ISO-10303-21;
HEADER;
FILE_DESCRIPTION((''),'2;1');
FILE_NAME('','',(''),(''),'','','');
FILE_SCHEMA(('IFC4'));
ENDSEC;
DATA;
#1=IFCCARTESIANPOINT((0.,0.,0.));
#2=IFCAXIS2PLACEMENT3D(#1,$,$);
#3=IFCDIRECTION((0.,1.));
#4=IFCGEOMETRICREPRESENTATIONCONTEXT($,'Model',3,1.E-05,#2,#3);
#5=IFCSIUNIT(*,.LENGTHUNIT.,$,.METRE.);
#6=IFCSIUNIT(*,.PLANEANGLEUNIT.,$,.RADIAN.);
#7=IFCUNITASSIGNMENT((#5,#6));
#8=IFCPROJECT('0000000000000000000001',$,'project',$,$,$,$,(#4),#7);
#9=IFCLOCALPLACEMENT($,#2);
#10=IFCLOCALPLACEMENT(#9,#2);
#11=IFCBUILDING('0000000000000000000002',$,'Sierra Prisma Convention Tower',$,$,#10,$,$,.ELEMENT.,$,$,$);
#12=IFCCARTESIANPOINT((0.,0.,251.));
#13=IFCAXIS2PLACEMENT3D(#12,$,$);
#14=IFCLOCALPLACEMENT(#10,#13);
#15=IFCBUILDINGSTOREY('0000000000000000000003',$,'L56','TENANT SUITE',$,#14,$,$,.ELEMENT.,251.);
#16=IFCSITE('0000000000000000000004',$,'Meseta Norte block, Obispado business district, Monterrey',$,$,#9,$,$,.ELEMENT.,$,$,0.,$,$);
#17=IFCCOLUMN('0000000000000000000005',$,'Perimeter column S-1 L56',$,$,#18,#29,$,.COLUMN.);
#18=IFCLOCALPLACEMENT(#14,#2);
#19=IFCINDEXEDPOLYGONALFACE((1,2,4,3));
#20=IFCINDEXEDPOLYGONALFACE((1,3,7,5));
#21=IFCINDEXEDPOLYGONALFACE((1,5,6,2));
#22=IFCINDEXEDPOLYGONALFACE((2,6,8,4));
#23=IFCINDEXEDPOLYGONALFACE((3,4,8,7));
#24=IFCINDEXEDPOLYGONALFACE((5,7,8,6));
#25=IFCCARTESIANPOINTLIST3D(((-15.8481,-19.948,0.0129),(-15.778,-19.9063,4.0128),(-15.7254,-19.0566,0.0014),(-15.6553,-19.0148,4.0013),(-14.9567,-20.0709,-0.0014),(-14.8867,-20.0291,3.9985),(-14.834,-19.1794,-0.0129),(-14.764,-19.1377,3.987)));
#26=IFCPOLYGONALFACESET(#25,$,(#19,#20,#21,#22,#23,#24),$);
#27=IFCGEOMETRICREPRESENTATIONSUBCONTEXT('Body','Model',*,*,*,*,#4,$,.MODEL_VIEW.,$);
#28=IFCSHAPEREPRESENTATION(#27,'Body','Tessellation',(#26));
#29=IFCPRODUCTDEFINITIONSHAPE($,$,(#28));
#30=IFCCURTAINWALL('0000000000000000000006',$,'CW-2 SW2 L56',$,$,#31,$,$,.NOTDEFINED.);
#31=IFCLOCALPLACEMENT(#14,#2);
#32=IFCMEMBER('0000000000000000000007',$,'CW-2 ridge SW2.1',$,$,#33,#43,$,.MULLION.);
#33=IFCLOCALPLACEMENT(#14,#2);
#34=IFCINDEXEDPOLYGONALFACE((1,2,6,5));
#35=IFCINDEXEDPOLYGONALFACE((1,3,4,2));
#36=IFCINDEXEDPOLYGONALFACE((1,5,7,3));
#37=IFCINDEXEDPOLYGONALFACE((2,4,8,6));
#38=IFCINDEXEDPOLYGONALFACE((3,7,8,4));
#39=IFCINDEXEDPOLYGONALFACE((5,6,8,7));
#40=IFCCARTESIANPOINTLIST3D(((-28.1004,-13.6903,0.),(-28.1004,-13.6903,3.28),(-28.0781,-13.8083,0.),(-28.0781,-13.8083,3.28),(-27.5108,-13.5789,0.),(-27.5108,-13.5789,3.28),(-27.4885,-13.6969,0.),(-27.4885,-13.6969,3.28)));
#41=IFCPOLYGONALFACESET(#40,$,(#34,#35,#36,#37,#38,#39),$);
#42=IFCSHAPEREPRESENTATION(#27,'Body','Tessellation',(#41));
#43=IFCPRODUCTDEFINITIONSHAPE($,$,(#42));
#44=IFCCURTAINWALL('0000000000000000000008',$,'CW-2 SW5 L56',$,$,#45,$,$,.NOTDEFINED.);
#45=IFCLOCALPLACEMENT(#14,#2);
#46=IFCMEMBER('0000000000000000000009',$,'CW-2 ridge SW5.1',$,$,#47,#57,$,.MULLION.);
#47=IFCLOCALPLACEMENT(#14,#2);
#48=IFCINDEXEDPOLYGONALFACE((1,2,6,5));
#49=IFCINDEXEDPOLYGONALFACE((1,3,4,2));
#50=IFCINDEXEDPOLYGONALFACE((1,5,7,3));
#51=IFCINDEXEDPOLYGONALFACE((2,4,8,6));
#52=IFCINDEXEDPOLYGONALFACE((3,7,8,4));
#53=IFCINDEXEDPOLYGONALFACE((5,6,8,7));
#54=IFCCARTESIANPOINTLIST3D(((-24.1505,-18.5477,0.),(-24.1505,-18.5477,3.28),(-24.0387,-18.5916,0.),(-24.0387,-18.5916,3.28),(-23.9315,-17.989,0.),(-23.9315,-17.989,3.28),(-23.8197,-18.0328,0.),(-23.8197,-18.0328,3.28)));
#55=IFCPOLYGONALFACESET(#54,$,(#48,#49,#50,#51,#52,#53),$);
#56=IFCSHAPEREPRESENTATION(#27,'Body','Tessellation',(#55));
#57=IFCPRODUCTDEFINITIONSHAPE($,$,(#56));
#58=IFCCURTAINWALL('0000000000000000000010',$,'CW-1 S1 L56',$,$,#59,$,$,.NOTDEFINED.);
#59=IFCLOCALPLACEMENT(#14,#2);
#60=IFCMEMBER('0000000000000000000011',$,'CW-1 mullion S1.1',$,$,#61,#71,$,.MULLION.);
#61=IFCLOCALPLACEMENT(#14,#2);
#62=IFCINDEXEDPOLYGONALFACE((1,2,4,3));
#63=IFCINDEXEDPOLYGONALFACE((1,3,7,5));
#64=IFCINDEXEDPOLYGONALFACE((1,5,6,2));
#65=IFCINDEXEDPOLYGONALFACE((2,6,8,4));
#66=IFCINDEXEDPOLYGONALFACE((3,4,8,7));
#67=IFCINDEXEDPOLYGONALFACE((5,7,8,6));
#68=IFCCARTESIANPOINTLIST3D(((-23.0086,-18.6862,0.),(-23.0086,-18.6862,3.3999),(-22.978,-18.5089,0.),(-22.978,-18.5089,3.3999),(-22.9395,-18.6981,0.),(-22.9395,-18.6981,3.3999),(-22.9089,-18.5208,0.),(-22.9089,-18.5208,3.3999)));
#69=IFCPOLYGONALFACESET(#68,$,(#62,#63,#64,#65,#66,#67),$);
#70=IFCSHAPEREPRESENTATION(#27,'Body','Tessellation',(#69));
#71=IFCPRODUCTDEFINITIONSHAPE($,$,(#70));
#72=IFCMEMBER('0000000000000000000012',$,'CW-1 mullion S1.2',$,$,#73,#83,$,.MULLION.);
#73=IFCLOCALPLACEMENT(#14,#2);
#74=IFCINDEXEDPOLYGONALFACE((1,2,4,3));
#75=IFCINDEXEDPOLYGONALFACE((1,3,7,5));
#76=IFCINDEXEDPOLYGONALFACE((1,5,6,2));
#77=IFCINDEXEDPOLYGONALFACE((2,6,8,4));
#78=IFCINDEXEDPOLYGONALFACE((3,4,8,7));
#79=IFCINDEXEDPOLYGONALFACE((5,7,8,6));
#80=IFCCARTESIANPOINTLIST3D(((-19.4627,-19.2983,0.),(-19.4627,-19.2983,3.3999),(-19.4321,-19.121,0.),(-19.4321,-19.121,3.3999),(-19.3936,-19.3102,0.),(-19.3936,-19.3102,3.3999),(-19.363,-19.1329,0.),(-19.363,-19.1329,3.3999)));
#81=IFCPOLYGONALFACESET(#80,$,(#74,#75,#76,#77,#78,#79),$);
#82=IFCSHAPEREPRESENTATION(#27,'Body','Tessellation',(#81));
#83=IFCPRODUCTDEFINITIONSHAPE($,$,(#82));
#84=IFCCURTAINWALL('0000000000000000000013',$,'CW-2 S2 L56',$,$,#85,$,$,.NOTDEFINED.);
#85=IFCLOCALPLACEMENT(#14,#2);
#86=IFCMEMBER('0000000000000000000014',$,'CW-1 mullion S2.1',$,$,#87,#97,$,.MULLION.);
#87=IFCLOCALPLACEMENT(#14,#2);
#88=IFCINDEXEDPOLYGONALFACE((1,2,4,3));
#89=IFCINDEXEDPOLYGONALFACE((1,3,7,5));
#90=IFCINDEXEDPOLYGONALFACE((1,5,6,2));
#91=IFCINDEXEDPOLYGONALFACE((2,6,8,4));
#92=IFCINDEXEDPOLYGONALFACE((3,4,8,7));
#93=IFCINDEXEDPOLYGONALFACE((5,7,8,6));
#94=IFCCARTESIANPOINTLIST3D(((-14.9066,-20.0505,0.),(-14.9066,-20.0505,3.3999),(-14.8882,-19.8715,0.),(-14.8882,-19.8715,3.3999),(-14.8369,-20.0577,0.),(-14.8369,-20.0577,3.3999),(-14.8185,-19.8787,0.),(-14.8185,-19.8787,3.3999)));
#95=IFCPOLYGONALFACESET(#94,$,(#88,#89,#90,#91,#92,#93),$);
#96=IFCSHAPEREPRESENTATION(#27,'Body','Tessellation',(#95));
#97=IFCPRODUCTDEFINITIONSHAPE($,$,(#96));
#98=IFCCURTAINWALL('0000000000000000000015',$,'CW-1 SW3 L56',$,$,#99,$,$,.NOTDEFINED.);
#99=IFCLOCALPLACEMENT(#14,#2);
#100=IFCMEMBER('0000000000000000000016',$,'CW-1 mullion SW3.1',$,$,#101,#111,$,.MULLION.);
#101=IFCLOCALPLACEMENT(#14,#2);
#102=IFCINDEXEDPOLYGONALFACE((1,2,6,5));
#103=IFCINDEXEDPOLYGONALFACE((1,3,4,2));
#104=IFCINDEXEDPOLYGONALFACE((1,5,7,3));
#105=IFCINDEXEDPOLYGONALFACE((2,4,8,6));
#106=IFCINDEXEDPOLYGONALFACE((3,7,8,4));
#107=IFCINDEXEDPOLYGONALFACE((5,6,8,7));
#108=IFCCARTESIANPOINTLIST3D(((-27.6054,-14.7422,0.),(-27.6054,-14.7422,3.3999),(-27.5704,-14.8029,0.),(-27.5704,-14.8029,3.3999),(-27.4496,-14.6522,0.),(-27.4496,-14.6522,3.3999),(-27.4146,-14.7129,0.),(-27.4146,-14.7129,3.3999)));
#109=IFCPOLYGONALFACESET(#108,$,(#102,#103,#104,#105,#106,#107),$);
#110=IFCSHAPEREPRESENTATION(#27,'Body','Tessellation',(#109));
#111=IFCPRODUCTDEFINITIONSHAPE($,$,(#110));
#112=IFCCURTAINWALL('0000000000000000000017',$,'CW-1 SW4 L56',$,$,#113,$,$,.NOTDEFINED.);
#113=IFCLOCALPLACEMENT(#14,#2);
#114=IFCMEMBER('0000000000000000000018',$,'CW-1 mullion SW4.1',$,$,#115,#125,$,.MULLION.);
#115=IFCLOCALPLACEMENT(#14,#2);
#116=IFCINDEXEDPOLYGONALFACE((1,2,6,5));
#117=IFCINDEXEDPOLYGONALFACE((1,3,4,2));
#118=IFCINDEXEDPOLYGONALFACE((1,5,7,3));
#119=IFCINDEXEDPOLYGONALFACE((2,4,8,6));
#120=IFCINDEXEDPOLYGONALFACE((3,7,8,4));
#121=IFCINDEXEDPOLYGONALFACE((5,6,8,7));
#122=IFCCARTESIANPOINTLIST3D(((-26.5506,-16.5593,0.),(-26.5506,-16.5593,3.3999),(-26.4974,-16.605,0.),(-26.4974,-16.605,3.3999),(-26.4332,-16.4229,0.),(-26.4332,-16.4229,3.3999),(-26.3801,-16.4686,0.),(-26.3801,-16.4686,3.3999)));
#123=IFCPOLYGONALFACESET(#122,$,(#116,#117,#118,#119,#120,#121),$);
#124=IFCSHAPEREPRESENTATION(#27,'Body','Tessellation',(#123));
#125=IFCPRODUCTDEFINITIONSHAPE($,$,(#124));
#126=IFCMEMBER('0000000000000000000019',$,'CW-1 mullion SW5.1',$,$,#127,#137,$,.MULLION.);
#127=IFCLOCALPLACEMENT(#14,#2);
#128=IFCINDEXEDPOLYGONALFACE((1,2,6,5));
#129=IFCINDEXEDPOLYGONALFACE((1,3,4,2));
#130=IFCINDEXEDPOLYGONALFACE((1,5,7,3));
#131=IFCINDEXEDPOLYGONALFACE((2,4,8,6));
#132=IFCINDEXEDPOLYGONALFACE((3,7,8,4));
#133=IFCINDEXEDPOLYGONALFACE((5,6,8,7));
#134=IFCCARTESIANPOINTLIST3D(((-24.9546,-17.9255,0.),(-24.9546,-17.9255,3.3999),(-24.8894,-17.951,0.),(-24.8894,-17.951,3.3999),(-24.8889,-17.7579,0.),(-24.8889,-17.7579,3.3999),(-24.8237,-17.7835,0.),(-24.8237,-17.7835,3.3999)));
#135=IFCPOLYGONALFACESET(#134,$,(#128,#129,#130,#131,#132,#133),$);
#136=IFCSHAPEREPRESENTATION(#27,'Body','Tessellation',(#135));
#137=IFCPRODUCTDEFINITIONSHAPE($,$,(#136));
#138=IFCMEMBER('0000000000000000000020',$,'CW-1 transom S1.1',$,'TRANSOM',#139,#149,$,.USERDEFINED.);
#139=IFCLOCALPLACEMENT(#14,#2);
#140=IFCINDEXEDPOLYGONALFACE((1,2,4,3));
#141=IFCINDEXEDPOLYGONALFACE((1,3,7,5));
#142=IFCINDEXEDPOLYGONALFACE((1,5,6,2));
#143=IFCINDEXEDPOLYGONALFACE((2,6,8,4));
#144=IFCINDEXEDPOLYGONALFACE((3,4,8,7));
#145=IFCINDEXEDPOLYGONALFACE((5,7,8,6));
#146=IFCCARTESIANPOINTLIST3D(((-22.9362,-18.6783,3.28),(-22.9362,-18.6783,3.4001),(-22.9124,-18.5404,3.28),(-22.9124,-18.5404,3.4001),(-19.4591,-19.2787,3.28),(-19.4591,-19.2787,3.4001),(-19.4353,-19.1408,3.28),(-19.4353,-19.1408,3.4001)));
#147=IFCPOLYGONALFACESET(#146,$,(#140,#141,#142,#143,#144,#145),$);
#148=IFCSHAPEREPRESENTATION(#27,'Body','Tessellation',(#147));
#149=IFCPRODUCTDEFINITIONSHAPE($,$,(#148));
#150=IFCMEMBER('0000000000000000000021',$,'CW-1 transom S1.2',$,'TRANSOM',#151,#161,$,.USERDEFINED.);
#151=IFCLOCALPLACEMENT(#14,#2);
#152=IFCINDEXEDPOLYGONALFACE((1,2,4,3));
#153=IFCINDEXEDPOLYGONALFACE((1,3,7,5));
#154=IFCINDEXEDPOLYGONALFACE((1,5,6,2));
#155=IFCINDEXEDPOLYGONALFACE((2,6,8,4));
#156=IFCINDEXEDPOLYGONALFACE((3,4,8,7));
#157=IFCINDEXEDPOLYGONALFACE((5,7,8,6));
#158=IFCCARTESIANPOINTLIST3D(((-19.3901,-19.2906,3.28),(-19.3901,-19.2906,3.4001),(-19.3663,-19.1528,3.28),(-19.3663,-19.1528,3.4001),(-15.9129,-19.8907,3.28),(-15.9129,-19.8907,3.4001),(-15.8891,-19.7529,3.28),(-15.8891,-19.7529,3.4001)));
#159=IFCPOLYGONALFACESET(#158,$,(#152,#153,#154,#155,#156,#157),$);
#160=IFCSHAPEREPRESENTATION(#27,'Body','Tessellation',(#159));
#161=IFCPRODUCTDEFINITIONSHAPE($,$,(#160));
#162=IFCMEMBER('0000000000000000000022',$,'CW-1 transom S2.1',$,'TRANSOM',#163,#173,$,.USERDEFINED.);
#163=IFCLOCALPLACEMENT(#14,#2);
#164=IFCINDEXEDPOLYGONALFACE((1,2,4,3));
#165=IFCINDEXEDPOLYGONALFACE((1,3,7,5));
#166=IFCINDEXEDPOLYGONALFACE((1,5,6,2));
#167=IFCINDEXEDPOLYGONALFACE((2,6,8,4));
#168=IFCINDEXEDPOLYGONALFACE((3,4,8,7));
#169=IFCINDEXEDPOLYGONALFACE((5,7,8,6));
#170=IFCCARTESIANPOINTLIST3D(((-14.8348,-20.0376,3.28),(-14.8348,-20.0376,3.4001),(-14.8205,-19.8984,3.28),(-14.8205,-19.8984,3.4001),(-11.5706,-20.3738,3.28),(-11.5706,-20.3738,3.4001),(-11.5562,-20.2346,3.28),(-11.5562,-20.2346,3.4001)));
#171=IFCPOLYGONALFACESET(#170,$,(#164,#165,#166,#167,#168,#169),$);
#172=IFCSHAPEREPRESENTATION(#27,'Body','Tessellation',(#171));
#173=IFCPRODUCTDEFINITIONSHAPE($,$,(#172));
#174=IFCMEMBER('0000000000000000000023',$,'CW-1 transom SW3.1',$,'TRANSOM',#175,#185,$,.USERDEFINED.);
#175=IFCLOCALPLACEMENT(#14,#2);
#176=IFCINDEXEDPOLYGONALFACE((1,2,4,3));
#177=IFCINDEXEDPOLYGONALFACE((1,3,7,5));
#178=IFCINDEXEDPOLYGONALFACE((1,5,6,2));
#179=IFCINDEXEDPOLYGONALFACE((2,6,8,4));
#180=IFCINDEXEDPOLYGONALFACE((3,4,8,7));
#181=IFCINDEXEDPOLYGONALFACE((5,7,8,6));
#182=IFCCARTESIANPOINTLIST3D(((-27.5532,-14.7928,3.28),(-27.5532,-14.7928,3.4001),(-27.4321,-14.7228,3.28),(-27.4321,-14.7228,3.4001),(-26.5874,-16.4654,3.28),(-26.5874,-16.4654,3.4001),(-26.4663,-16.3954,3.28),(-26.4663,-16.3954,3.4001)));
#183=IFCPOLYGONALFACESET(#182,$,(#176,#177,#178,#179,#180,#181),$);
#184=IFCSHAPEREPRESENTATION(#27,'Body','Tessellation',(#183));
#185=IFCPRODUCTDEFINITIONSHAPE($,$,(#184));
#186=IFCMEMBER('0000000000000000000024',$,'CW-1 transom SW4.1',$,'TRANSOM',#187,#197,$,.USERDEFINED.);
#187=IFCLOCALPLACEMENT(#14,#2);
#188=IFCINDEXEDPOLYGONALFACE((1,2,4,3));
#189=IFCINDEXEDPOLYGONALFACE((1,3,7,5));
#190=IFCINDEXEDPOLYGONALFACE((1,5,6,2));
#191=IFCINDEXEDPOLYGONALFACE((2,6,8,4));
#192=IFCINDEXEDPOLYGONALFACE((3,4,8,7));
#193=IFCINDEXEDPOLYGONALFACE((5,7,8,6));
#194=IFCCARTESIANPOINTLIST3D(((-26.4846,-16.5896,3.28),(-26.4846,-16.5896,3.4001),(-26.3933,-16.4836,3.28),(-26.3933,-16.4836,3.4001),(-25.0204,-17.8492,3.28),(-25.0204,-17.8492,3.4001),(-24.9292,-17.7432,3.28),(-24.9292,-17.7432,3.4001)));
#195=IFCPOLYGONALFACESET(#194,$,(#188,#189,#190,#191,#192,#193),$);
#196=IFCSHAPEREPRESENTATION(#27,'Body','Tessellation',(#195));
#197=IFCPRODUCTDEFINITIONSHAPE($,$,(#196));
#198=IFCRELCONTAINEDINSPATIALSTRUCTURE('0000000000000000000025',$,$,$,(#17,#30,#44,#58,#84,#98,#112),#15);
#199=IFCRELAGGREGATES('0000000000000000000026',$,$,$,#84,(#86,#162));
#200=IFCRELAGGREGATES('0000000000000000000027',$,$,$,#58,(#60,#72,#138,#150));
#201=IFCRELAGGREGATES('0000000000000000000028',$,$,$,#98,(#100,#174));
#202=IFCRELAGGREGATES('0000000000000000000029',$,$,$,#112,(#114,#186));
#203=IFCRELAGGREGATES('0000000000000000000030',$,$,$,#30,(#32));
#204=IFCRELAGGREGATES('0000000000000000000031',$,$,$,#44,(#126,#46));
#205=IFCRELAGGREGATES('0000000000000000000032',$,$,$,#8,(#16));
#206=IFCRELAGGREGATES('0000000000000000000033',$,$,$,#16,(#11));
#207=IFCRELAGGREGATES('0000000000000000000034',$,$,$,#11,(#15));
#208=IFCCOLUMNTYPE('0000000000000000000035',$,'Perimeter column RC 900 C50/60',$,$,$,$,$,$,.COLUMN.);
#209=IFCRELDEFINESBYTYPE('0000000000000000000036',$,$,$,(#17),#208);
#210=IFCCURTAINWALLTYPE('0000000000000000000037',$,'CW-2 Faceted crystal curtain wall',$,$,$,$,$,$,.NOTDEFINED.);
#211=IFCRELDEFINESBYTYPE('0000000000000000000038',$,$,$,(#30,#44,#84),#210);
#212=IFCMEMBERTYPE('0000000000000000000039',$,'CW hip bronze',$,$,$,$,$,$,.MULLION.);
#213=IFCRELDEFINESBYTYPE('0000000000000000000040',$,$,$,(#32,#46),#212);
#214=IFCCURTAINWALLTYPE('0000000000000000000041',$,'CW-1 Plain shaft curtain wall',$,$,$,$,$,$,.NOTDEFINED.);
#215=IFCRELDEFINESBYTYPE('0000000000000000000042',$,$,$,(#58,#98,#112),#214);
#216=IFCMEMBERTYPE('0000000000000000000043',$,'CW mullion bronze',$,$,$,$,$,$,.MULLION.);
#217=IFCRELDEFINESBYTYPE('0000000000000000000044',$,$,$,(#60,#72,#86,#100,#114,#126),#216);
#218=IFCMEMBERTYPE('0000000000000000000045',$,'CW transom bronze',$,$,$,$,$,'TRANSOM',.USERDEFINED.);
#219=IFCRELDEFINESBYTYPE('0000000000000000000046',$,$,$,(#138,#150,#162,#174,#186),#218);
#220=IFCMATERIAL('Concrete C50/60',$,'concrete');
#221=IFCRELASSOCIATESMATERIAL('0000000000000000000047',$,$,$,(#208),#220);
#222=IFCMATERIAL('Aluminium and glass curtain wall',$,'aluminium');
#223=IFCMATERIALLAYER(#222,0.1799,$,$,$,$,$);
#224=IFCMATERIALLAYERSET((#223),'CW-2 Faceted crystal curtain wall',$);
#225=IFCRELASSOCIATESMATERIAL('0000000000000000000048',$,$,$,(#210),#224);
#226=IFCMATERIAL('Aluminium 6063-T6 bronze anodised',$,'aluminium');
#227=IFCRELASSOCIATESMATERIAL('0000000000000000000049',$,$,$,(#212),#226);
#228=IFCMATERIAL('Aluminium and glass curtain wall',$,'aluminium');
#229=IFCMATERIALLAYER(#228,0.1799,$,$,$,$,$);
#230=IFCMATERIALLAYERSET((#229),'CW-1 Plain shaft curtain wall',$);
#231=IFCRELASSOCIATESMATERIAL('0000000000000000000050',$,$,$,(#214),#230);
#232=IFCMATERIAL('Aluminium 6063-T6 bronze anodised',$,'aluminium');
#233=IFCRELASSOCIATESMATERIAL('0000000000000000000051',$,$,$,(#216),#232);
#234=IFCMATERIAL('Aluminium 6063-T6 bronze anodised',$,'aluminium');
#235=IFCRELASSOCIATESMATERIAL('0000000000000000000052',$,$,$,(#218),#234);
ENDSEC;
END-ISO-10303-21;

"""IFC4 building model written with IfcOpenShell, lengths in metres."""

from ifc_helpers import new_model, si_unit, direction, frame, origin, origin_2d, place, context, subcontext, project, spatial, rectangle, extrude, material, layer, layer_set, material_profile, profile_set, type_object, element, aggregate, save


model = new_model("IFC4")

# Units and contexts
model_context = context("Model", 3, precision=1e-05, world=origin(), true_north=direction((0.0, 1.0)))
body_context = subcontext(model_context, "Body", "Model", "MODEL_VIEW")
ifc_project = project(units=[si_unit("LENGTHUNIT", "METRE"), si_unit("PLANEANGLEUNIT", "RADIAN")], contexts=[model_context])

# Site, building, storey
site_placement = place(None, origin())
site = spatial("IfcSite", under=ifc_project, at=site_placement, Name="Meseta Norte block, Obispado business district, Monterrey", CompositionType="ELEMENT", RefElevation=0.0)
building_placement = place(site_placement, origin())
building = spatial("IfcBuilding", under=site, at=building_placement, Name="Sierra Prisma Convention Tower", CompositionType="ELEMENT")
storey_placement = place(building_placement, frame((0.0, 0.0, 251.0)))
storey = spatial("IfcBuildingStorey", under=building, at=storey_placement, Name="L56", Description="TENANT SUITE", CompositionType="ELEMENT", Elevation=251.0)

# Column
ifc_material_1 = material(Name="Concrete C50/60", Category="concrete")
ifc_material_profile_1 = material_profile(ifc_material_1, rectangle(XDim=0.8999, YDim=0.8999, at=origin_2d()), Name="Perimeter column RC 900 C50/60")
ifc_profile_set_1 = profile_set([ifc_material_profile_1], Name="Concrete C50/60")
column_type = type_object("IfcColumnType", Name="Perimeter column RC 900 C50/60", PredefinedType="COLUMN", material=ifc_profile_set_1)
column_placement = place(storey_placement, frame((-15.3411, -19.5637, 0.0), z_axis=(0.017513, 0.010435, 0.999792), x_axis=(-0.990511, 0.13651, 0.015926)))
element("IfcColumn", 1, at=column_placement, inside=storey, type_object=column_type, Name="Perimeter column S-1 L56", PredefinedType="COLUMN", context=body_context, shape_type="SweptSolid", body=[
    extrude(rectangle(XDim=0.8999, YDim=0.8999, at=origin_2d()), origin(), (0.0, 0.0, 1.0), 4.0007),
])

# Curtain walls, members
ifc_material_2 = material(Name="Aluminium and glass curtain wall", Category="aluminium")
ifc_layer_1 = layer(ifc_material_2, 0.1799)
ifc_layer_set_1 = layer_set([ifc_layer_1], Name="CW-2 Faceted crystal curtain wall")
curtain_wall_type_1 = type_object("IfcCurtainWallType", Name="CW-2 Faceted crystal curtain wall", PredefinedType="NOTDEFINED", material=ifc_layer_set_1)
curtain_wall_1_placement = place(storey_placement, origin())
curtain_wall_1 = element("IfcCurtainWall", 2, at=curtain_wall_1_placement, inside=storey, type_object=curtain_wall_type_1, Name="CW-2 SW2 L56", PredefinedType="NOTDEFINED")
ifc_material_3 = material(Name="Aluminium 6063-T6 bronze anodised", Category="aluminium")
ifc_material_profile_2 = material_profile(ifc_material_3, rectangle(XDim=0.1201, YDim=0.6001, at=origin_2d()), Name="ALU RIDGE BLADE 120x600")
ifc_profile_set_2 = profile_set([ifc_material_profile_2], Name="Aluminium 6063-T6 bronze anodised")
member_type_1 = type_object("IfcMemberType", Name="CW hip bronze", PredefinedType="MULLION", material=ifc_profile_set_2)
member_1_placement = place(storey_placement, frame((-27.7944, -13.6936, 0.0), z_axis=(0.0, 0.0, 1.0), x_axis=(0.185693, -0.982608, 0.0)))
member_1 = element("IfcMember", 3, at=member_1_placement, type_object=member_type_1, Name="CW-2 ridge SW2.1", PredefinedType="MULLION", context=body_context, shape_type="SweptSolid", body=[
    extrude(rectangle(XDim=0.1201, YDim=0.6001, at=origin_2d()), origin(), (0.0, 0.0, 1.0), 3.28),
])
curtain_wall_2_placement = place(storey_placement, origin())
curtain_wall_2 = element("IfcCurtainWall", 4, at=curtain_wall_2_placement, inside=storey, type_object=curtain_wall_type_1, Name="CW-2 SW5 L56", PredefinedType="NOTDEFINED")
member_2_placement = place(storey_placement, frame((-23.9851, -18.2903, 0.0), z_axis=(0.0, 0.0, 1.0), x_axis=(0.931036, -0.364926, 0.0)))
member_2 = element("IfcMember", 5, at=member_2_placement, type_object=member_type_1, Name="CW-2 ridge SW5.1", PredefinedType="MULLION", context=body_context, shape_type="SweptSolid", body=[
    extrude(rectangle(XDim=0.1201, YDim=0.6001, at=origin_2d()), origin(), (0.0, 0.0, 1.0), 3.28),
])

# Curtain wall, members
ifc_material_4 = material(Name="Aluminium and glass curtain wall", Category="aluminium")
ifc_layer_2 = layer(ifc_material_4, 0.1799)
ifc_layer_set_2 = layer_set([ifc_layer_2], Name="CW-1 Plain shaft curtain wall")
curtain_wall_type_2 = type_object("IfcCurtainWallType", Name="CW-1 Plain shaft curtain wall", PredefinedType="NOTDEFINED", material=ifc_layer_set_2)
curtain_wall_3_placement = place(storey_placement, origin())
curtain_wall_3 = element("IfcCurtainWall", 6, at=curtain_wall_3_placement, inside=storey, type_object=curtain_wall_type_2, Name="CW-1 S1 L56", PredefinedType="NOTDEFINED")
ifc_material_5 = material(Name="Aluminium 6063-T6 bronze anodised", Category="aluminium")
ifc_material_profile_3 = material_profile(ifc_material_5, rectangle(XDim=0.1799, YDim=0.0701, at=origin_2d()), Name="ALU MULLION 70x180")
ifc_profile_set_3 = profile_set([ifc_material_profile_3], Name="Aluminium 6063-T6 bronze anodised")
member_type_2 = type_object("IfcMemberType", Name="CW mullion bronze", PredefinedType="MULLION", material=ifc_profile_set_3)
member_3_placement = place(storey_placement, frame((-22.9587, -18.6035, 0.0), z_axis=(0.0, 0.0, 1.0), x_axis=(0.170121, 0.985423, 0.0)))
member_3 = element("IfcMember", 7, at=member_3_placement, type_object=member_type_2, Name="CW-1 mullion S1.1", PredefinedType="MULLION", context=body_context, shape_type="SweptSolid", body=[
    extrude(rectangle(XDim=0.1799, YDim=0.0701, at=origin_2d()), origin(), (0.0, 0.0, 1.0), 3.3999),
])
member_4_placement = place(storey_placement, frame((-19.4128, -19.2156, 0.0), z_axis=(0.0, 0.0, 1.0), x_axis=(0.170121, 0.985423, 0.0)))
member_4 = element("IfcMember", 8, at=member_4_placement, type_object=member_type_2, Name="CW-1 mullion S1.2", PredefinedType="MULLION", context=body_context, shape_type="SweptSolid", body=[
    extrude(rectangle(XDim=0.1799, YDim=0.0701, at=origin_2d()), origin(), (0.0, 0.0, 1.0), 3.3999),
])

# Curtain walls, members
curtain_wall_4_placement = place(storey_placement, origin())
curtain_wall_4 = element("IfcCurtainWall", 9, at=curtain_wall_4_placement, inside=storey, type_object=curtain_wall_type_1, Name="CW-2 S2 L56", PredefinedType="NOTDEFINED")
member_5_placement = place(storey_placement, frame((-14.8625, -19.9646, 0.0), z_axis=(0.0, 0.0, 1.0), x_axis=(0.102392, 0.994744, 0.0)))
member_5 = element("IfcMember", 10, at=member_5_placement, type_object=member_type_2, Name="CW-1 mullion S2.1", PredefinedType="MULLION", context=body_context, shape_type="SweptSolid", body=[
    extrude(rectangle(XDim=0.1799, YDim=0.0701, at=origin_2d()), origin(), (0.0, 0.0, 1.0), 3.3999),
])
curtain_wall_5_placement = place(storey_placement, origin())
curtain_wall_5 = element("IfcCurtainWall", 11, at=curtain_wall_5_placement, inside=storey, type_object=curtain_wall_type_2, Name="CW-1 SW3 L56", PredefinedType="NOTDEFINED")
member_6_placement = place(storey_placement, frame((-27.51, -14.7275, 0.0), z_axis=(0.0, 0.0, 1.0), x_axis=(0.866025, 0.5, 0.0)))
member_6 = element("IfcMember", 12, at=member_6_placement, type_object=member_type_2, Name="CW-1 mullion SW3.1", PredefinedType="MULLION", context=body_context, shape_type="SweptSolid", body=[
    extrude(rectangle(XDim=0.1799, YDim=0.0701, at=origin_2d()), origin(), (0.0, 0.0, 1.0), 3.3999),
])
curtain_wall_6_placement = place(storey_placement, origin())
curtain_wall_6 = element("IfcCurtainWall", 13, at=curtain_wall_6_placement, inside=storey, type_object=curtain_wall_type_2, Name="CW-1 SW4 L56", PredefinedType="NOTDEFINED")
member_7_placement = place(storey_placement, frame((-26.4653, -16.5139, 0.0), z_axis=(0.0, 0.0, 1.0), x_axis=(0.652119, 0.758117, 0.0)))
member_7 = element("IfcMember", 14, at=member_7_placement, type_object=member_type_2, Name="CW-1 mullion SW4.1", PredefinedType="MULLION", context=body_context, shape_type="SweptSolid", body=[
    extrude(rectangle(XDim=0.1799, YDim=0.0701, at=origin_2d()), origin(), (0.0, 0.0, 1.0), 3.3999),
])

# Members
member_8_placement = place(storey_placement, frame((-24.8892, -17.8545, 0.0), z_axis=(0.0, 0.0, 1.0), x_axis=(0.364926, 0.931036, 0.0)))
member_8 = element("IfcMember", 15, at=member_8_placement, type_object=member_type_2, Name="CW-1 mullion SW5.1", PredefinedType="MULLION", context=body_context, shape_type="SweptSolid", body=[
    extrude(rectangle(XDim=0.1799, YDim=0.0701, at=origin_2d()), origin(), (0.0, 0.0, 1.0), 3.3999),
])
ifc_material_6 = material(Name="Aluminium 6063-T6 bronze anodised", Category="aluminium")
ifc_material_profile_4 = material_profile(ifc_material_6, rectangle(XDim=0.1399, YDim=0.1201, at=origin_2d()), Name="ALU TRANSOM 120x140")
ifc_profile_set_4 = profile_set([ifc_material_profile_4], Name="Aluminium 6063-T6 bronze anodised")
member_type_3 = type_object("IfcMemberType", Name="CW transom bronze", ElementType="TRANSOM", PredefinedType="USERDEFINED", material=ifc_profile_set_4)
member_9_placement = place(storey_placement, frame((-22.9243, -18.6094, 3.3401), z_axis=(0.98542, -0.170141, 0.0), x_axis=(0.170141, 0.98542, 0.0)))
member_9 = element("IfcMember", 16, at=member_9_placement, type_object=member_type_3, Name="CW-1 transom S1.1", ObjectType="TRANSOM", PredefinedType="USERDEFINED", context=body_context, shape_type="SweptSolid", body=[
    extrude(rectangle(XDim=0.1399, YDim=0.1201, at=origin_2d()), origin(), (0.0, 0.0, 1.0), 3.5286),
])
member_10_placement = place(storey_placement, frame((-19.3782, -19.2217, 3.3401), z_axis=(0.985431, -0.170074, 0.0), x_axis=(0.170074, 0.985431, 0.0)))
member_10 = element("IfcMember", 17, at=member_10_placement, type_object=member_type_3, Name="CW-1 transom S1.2", ObjectType="TRANSOM", PredefinedType="USERDEFINED", context=body_context, shape_type="SweptSolid", body=[
    extrude(rectangle(XDim=0.1399, YDim=0.1201, at=origin_2d()), origin(), (0.0, 0.0, 1.0), 3.5286),
])
member_11_placement = place(storey_placement, frame((-14.8276, -19.968, 3.3401), z_axis=(0.994738, -0.10245, 0.0), x_axis=(0.10245, 0.994738, 0.0)))
member_11 = element("IfcMember", 18, at=member_11_placement, type_object=member_type_3, Name="CW-1 transom S2.1", ObjectType="TRANSOM", PredefinedType="USERDEFINED", context=body_context, shape_type="SweptSolid", body=[
    extrude(rectangle(XDim=0.1399, YDim=0.1201, at=origin_2d()), origin(), (0.0, 0.0, 1.0), 3.2815),
])
aggregate(curtain_wall_4, [member_5, member_11])
member_12_placement = place(storey_placement, frame((-27.4927, -14.7578, 3.3401), z_axis=(0.500054, -0.865994, 0.0), x_axis=(0.865994, 0.500054, 0.0)))
member_12 = element("IfcMember", 19, at=member_12_placement, type_object=member_type_3, Name="CW-1 transom SW3.1", ObjectType="TRANSOM", PredefinedType="USERDEFINED", context=body_context, shape_type="SweptSolid", body=[
    extrude(rectangle(XDim=0.1399, YDim=0.1201, at=origin_2d()), origin(), (0.0, 0.0, 1.0), 1.9314),
])
member_13_placement = place(storey_placement, frame((-26.439, -16.5366, 3.3401), z_axis=(0.758086, -0.652154, 0.0), x_axis=(0.652154, 0.758086, 0.0)))
member_13 = element("IfcMember", 20, at=member_13_placement, type_object=member_type_3, Name="CW-1 transom SW4.1", ObjectType="TRANSOM", PredefinedType="USERDEFINED", context=body_context, shape_type="SweptSolid", body=[
    extrude(rectangle(XDim=0.1399, YDim=0.1201, at=origin_2d()), origin(), (0.0, 0.0, 1.0), 1.9314),
])

aggregate(curtain_wall_3, [member_3, member_4, member_9, member_10])
aggregate(curtain_wall_5, [member_6, member_12])
aggregate(curtain_wall_6, [member_7, member_13])
aggregate(curtain_wall_1, [member_1])
aggregate(curtain_wall_2, [member_8, member_2])

save(model, "model.ifc")
